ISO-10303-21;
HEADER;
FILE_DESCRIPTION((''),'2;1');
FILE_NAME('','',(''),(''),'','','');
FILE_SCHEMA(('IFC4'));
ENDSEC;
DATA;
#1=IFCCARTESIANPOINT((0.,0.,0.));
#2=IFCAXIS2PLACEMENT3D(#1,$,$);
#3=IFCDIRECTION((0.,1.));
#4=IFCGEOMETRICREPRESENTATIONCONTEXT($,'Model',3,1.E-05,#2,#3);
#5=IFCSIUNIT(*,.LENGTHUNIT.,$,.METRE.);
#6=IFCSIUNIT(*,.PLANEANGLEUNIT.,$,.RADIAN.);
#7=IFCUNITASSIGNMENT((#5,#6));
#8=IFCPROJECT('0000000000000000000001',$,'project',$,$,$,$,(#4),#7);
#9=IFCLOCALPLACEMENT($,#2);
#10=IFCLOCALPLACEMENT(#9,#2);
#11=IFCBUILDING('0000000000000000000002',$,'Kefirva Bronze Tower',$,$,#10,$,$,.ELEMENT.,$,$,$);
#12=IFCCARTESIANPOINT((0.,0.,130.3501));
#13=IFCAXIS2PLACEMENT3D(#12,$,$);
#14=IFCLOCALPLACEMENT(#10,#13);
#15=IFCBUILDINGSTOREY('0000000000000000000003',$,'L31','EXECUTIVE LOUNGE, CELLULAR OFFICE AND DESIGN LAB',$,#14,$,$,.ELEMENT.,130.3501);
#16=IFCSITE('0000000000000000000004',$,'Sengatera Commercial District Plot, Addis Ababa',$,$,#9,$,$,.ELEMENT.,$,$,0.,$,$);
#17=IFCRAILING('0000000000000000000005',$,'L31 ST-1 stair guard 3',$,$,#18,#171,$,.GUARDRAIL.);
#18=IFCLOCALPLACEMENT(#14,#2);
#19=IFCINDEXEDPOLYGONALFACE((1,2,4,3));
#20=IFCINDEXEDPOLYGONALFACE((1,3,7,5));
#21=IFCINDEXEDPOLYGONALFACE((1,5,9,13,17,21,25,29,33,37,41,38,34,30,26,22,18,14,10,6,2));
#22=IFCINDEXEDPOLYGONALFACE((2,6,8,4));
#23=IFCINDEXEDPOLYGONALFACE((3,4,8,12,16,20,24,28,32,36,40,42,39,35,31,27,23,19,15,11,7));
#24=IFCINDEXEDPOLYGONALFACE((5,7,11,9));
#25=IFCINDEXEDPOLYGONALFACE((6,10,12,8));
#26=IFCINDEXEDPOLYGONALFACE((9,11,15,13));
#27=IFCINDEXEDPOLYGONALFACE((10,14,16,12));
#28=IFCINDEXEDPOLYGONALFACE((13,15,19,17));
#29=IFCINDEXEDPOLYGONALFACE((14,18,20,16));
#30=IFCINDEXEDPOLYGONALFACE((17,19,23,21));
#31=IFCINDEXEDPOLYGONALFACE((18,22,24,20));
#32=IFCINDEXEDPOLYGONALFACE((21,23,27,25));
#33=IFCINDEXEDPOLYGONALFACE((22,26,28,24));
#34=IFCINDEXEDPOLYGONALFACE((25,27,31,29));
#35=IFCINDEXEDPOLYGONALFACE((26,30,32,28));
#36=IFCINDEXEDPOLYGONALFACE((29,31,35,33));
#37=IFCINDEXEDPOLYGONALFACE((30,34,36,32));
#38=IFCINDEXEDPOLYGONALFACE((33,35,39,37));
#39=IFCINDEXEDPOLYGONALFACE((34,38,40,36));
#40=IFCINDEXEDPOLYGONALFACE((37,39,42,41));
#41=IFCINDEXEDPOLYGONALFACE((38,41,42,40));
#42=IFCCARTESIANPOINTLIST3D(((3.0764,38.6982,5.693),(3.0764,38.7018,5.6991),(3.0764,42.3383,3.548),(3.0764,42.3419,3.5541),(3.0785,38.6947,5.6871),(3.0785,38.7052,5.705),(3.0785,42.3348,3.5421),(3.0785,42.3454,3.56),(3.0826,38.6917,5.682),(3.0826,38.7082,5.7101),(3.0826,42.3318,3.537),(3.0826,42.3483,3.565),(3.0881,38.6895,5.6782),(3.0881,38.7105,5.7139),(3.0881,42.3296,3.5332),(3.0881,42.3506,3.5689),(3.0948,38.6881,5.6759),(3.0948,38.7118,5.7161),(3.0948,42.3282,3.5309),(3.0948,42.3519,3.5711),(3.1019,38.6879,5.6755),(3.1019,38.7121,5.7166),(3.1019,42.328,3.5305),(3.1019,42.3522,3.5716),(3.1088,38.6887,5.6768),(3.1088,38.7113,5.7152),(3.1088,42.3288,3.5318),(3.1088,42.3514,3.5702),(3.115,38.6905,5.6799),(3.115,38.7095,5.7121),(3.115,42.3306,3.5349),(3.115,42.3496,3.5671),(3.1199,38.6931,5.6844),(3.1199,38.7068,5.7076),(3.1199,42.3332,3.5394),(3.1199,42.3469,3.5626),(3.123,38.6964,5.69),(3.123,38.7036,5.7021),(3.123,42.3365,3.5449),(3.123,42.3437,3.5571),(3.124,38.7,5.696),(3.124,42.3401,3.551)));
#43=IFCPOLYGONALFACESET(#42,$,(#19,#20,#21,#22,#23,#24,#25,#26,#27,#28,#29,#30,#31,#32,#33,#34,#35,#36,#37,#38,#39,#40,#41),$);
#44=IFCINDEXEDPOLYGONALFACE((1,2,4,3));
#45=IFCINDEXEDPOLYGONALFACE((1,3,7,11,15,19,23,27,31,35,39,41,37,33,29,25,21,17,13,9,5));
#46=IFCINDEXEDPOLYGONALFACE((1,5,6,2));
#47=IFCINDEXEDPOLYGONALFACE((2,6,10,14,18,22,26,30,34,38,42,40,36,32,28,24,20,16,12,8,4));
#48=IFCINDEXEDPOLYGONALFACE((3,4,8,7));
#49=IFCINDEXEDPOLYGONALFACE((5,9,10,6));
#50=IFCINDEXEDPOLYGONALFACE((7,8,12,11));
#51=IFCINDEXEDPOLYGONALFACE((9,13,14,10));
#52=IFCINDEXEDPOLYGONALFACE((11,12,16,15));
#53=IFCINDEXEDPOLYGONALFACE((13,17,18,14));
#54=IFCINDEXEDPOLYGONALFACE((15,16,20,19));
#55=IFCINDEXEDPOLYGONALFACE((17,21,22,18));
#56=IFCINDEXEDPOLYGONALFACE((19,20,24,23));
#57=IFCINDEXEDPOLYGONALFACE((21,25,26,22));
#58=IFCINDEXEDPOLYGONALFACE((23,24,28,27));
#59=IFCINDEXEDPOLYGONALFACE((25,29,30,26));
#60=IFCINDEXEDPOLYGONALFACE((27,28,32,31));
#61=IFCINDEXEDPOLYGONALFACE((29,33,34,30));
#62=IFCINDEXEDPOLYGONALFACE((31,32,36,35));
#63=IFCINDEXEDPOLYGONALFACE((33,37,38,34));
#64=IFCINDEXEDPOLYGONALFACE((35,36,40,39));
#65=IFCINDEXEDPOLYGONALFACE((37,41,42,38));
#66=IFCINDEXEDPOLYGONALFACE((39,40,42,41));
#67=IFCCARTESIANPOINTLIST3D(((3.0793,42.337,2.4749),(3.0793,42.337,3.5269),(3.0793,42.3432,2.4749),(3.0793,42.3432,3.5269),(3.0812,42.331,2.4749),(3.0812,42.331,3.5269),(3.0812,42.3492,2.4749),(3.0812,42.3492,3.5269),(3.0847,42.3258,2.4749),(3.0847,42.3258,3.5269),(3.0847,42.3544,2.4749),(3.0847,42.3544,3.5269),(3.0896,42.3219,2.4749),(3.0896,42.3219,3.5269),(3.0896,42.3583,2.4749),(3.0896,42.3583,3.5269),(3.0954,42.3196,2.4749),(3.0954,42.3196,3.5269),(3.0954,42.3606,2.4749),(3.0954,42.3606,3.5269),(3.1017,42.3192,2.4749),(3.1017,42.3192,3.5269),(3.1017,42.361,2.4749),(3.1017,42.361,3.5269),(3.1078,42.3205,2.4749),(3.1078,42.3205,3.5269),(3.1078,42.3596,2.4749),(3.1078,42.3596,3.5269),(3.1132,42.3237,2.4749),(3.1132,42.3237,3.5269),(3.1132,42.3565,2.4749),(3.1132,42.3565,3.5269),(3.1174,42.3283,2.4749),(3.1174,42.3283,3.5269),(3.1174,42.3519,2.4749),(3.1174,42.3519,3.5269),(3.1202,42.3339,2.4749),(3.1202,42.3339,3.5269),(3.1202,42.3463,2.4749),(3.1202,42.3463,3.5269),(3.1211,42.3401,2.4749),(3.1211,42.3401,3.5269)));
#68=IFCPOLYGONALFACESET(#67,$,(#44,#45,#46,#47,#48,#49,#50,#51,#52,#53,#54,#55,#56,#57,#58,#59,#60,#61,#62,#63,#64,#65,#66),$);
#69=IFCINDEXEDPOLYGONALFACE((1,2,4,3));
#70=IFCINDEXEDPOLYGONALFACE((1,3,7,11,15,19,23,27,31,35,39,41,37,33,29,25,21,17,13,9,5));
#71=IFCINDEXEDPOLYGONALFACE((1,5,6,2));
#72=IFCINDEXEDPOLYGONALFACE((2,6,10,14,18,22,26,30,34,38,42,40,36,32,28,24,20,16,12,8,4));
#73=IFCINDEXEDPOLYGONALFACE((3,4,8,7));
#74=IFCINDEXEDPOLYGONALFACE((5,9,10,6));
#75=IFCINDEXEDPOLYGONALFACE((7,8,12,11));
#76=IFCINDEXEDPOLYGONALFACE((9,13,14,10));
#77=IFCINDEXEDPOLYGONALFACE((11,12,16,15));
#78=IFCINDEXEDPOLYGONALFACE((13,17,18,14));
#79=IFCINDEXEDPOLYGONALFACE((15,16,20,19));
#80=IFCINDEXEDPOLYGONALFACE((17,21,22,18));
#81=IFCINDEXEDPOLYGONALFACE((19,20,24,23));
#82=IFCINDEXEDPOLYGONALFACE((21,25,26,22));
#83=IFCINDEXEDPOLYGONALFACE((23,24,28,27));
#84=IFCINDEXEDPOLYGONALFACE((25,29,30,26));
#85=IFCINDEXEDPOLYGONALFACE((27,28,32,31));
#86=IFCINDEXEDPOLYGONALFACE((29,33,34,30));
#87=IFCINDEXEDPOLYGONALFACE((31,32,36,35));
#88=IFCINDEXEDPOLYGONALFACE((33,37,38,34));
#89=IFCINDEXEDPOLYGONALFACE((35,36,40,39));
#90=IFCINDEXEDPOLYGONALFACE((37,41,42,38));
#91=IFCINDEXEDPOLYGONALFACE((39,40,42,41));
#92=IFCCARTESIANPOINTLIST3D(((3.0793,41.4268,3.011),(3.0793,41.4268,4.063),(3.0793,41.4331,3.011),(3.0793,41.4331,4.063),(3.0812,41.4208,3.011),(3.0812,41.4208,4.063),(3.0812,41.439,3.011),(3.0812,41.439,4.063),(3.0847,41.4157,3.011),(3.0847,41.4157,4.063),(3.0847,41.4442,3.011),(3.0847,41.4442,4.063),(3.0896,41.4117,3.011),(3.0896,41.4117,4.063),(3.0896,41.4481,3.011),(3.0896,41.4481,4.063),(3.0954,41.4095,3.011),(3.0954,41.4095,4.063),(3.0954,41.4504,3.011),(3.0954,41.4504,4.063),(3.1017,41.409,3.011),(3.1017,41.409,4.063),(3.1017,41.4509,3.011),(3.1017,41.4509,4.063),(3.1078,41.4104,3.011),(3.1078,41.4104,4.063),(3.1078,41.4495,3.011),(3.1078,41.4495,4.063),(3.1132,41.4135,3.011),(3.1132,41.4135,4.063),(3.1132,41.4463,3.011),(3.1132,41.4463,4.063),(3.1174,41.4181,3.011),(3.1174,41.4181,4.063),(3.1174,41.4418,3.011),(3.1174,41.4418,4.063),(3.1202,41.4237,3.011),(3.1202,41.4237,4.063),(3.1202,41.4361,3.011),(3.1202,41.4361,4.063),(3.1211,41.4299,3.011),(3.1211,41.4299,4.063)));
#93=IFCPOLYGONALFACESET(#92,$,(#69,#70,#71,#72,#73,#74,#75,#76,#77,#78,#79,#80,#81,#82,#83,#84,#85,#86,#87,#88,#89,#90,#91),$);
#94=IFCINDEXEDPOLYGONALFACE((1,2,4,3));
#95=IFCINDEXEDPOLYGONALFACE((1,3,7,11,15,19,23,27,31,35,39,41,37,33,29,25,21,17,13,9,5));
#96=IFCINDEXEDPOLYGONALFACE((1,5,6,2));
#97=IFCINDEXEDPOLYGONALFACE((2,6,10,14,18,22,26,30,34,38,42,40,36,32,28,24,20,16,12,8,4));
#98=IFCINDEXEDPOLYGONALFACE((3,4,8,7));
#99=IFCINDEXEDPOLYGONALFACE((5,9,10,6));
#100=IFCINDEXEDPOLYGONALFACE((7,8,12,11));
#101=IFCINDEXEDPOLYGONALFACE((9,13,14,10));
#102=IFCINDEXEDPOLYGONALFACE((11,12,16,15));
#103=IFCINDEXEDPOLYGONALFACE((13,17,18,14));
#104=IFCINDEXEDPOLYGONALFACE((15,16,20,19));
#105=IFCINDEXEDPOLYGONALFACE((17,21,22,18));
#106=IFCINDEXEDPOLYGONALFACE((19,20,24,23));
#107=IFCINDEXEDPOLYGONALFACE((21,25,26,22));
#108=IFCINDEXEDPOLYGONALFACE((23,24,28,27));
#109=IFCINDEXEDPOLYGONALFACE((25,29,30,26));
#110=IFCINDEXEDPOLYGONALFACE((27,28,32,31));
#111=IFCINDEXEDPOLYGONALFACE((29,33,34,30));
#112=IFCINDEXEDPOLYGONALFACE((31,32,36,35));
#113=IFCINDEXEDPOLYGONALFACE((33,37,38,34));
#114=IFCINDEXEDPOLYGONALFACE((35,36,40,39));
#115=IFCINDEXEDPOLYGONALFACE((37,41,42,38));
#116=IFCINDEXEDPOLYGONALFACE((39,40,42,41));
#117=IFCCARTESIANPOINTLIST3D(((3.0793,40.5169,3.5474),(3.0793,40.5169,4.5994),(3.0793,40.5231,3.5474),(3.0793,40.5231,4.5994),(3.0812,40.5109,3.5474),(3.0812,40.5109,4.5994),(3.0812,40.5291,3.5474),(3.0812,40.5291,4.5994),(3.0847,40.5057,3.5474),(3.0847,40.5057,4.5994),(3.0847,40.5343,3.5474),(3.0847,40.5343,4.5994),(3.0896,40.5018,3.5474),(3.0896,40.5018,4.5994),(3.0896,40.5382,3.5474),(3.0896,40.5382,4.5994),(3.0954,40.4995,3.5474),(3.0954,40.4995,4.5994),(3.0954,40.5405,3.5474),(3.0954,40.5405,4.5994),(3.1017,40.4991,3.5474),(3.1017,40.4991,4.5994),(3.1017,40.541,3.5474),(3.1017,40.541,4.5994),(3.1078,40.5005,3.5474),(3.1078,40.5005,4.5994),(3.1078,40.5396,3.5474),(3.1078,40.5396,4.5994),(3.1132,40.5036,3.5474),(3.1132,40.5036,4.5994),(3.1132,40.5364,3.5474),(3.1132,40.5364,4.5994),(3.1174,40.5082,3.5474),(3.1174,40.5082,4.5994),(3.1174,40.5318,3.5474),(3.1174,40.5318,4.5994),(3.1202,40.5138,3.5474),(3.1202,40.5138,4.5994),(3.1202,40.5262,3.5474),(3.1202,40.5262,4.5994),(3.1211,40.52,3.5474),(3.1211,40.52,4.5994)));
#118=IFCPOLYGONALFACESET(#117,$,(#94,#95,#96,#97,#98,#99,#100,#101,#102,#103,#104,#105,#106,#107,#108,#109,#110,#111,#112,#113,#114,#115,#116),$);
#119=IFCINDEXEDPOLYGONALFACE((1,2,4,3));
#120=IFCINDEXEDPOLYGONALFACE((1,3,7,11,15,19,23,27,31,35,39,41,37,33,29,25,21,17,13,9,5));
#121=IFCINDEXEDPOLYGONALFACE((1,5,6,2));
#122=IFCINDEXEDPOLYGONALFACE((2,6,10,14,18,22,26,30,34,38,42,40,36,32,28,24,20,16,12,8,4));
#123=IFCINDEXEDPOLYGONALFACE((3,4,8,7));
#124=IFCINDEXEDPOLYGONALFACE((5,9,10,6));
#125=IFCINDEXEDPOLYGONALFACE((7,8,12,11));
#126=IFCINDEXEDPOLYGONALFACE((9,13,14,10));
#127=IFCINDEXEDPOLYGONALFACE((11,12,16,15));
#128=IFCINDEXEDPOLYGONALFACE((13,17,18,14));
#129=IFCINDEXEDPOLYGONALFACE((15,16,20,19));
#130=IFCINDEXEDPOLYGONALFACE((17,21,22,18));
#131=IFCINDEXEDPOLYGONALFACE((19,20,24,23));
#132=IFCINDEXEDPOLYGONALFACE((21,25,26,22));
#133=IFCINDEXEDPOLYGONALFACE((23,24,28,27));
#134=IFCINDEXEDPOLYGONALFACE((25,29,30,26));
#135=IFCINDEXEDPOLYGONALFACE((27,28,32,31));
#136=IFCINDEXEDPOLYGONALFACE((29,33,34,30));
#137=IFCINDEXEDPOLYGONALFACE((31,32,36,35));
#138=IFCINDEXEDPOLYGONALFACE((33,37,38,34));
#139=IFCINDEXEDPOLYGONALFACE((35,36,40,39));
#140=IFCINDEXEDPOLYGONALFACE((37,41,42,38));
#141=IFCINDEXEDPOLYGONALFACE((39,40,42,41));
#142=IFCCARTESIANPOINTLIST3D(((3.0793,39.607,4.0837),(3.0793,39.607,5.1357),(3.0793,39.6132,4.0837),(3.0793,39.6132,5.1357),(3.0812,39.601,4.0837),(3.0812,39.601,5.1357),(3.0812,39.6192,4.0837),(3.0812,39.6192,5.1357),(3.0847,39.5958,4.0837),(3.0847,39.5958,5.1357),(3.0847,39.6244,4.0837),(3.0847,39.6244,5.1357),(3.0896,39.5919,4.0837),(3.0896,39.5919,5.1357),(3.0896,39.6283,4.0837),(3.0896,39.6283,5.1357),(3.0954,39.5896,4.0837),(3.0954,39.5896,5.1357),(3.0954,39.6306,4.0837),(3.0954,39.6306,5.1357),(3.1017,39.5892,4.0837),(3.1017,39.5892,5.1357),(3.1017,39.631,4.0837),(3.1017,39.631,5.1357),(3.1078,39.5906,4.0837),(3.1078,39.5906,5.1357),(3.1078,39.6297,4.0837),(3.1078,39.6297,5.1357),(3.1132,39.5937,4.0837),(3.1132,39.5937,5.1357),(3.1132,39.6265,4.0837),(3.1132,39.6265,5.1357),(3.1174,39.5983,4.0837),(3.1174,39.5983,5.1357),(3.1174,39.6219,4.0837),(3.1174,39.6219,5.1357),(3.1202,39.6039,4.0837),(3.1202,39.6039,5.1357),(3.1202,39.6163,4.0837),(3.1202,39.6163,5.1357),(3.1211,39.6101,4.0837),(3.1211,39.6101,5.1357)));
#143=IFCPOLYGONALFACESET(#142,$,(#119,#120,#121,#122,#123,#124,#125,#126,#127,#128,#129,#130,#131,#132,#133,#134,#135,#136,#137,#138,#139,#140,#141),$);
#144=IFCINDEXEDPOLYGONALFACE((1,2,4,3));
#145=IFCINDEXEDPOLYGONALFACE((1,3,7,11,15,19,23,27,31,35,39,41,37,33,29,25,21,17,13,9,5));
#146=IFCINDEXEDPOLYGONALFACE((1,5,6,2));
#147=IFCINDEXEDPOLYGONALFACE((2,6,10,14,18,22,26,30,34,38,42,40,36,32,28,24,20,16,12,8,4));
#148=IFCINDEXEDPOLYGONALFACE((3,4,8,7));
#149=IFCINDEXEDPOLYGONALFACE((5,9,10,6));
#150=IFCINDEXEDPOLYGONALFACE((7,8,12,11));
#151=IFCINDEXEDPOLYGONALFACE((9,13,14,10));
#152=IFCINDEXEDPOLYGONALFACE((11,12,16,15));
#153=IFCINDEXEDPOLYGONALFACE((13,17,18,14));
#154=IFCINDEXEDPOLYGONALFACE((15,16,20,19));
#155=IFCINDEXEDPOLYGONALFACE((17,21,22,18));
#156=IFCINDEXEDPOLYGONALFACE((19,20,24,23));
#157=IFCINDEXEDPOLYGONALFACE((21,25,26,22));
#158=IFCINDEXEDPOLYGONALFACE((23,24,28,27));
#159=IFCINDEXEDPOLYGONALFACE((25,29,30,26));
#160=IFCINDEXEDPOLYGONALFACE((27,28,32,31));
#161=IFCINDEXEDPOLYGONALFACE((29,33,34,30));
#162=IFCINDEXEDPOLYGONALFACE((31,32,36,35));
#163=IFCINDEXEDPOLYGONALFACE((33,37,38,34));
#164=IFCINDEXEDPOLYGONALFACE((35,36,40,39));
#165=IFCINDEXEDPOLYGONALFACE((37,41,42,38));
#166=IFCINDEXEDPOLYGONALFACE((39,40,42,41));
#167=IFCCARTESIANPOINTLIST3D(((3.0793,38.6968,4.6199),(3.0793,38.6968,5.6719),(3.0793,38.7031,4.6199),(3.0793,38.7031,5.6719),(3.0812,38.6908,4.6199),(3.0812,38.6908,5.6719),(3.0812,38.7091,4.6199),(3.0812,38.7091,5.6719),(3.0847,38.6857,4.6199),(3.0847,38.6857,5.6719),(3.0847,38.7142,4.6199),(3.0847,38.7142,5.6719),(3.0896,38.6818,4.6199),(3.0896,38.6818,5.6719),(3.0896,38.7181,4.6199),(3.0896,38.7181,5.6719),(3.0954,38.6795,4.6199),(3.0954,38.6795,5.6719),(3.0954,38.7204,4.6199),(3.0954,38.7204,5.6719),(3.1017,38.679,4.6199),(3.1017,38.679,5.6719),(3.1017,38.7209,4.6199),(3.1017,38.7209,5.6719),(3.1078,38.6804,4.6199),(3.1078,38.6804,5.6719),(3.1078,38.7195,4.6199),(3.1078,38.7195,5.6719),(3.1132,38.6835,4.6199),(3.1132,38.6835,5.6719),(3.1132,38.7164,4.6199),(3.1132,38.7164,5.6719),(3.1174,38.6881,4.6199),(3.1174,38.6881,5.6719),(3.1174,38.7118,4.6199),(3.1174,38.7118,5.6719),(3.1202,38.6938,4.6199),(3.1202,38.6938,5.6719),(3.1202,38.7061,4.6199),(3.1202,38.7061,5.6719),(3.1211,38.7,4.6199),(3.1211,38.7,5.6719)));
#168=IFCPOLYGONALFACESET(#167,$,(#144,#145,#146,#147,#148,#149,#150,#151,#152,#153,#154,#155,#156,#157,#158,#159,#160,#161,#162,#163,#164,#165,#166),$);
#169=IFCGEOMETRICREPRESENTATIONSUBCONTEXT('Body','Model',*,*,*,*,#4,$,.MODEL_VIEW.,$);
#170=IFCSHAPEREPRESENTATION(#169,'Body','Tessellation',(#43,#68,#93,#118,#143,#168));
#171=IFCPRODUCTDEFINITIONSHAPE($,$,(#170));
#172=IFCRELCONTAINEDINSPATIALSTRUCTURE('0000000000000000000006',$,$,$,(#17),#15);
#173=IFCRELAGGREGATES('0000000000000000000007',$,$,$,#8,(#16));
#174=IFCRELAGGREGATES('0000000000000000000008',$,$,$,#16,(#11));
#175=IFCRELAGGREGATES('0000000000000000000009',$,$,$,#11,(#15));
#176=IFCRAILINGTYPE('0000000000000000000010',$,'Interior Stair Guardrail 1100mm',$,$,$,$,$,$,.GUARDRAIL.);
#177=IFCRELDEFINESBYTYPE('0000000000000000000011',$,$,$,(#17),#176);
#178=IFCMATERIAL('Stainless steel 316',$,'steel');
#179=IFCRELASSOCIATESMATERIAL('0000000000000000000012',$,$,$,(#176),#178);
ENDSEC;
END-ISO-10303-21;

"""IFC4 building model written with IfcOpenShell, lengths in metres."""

from ifc_helpers import new_model, si_unit, direction, frame, origin, origin_2d, place, context, subcontext, project, spatial, circle, extrude, material, type_object, element, save


model = new_model("IFC4")

# Units and contexts
model_context = context("Model", 3, precision=1e-05, world=origin(), true_north=direction((0.0, 1.0)))
body_context = subcontext(model_context, "Body", "Model", "MODEL_VIEW")
ifc_project = project(units=[si_unit("LENGTHUNIT", "METRE"), si_unit("PLANEANGLEUNIT", "RADIAN")], contexts=[model_context])

# Site, building, storey
site_placement = place(None, origin())
site = spatial("IfcSite", under=ifc_project, at=site_placement, Name="Sengatera Commercial District Plot, Addis Ababa", CompositionType="ELEMENT", RefElevation=0.0)
building_placement = place(site_placement, origin())
building = spatial("IfcBuilding", under=site, at=building_placement, Name="Kefirva Bronze Tower", CompositionType="ELEMENT")
storey_placement = place(building_placement, frame((0.0, 0.0, 130.3501)))
storey = spatial("IfcBuildingStorey", under=building, at=storey_placement, Name="L31", Description="EXECUTIVE LOUNGE, CELLULAR OFFICE AND DESIGN LAB", CompositionType="ELEMENT", Elevation=130.3501)

# Shared definitions
ifc_material_1 = material(Name="Stainless steel 316", Category="steel")

# Railing
railing_type_1 = type_object("IfcRailingType", Name="Interior Stair Guardrail 1100mm", PredefinedType="GUARDRAIL", material=ifc_material_1)
railing_1_placement = place(storey_placement, frame((3.1001, 42.3401, 2.4749)))
element("IfcRailing", 1, at=railing_1_placement, inside=storey, type_object=railing_type_1, Name="L31 ST-1 stair guard 3", PredefinedType="GUARDRAIL", context=body_context, shape_type="SweptSolid", body=[
    extrude(circle(Radius=0.0239, at=origin_2d()), frame((0.0, 0.0, 1.0762), z_axis=(0.0, -0.861545, 0.507682), x_axis=(1.0, 0.0, 0.0)), (0.0, 0.0, 1.0), 4.2251),
    extrude(circle(Radius=0.021, at=origin_2d()), origin(), (0.0, 0.0, 1.0), 1.052),
    extrude(circle(Radius=0.021, at=origin_2d()), frame((0.0, -0.9102, 0.5361)), (0.0, 0.0, 1.0), 1.052),
    extrude(circle(Radius=0.021, at=origin_2d()), frame((0.0, -1.8201, 1.0725)), (0.0, 0.0, 1.0), 1.052),
    extrude(circle(Radius=0.021, at=origin_2d()), frame((0.0, -2.73, 1.6089)), (0.0, 0.0, 1.0), 1.052),
    extrude(circle(Radius=0.021, at=origin_2d()), frame((0.0, -3.6401, 2.145)), (0.0, 0.0, 1.0), 1.052),
])

save(model, "model.ifc")
